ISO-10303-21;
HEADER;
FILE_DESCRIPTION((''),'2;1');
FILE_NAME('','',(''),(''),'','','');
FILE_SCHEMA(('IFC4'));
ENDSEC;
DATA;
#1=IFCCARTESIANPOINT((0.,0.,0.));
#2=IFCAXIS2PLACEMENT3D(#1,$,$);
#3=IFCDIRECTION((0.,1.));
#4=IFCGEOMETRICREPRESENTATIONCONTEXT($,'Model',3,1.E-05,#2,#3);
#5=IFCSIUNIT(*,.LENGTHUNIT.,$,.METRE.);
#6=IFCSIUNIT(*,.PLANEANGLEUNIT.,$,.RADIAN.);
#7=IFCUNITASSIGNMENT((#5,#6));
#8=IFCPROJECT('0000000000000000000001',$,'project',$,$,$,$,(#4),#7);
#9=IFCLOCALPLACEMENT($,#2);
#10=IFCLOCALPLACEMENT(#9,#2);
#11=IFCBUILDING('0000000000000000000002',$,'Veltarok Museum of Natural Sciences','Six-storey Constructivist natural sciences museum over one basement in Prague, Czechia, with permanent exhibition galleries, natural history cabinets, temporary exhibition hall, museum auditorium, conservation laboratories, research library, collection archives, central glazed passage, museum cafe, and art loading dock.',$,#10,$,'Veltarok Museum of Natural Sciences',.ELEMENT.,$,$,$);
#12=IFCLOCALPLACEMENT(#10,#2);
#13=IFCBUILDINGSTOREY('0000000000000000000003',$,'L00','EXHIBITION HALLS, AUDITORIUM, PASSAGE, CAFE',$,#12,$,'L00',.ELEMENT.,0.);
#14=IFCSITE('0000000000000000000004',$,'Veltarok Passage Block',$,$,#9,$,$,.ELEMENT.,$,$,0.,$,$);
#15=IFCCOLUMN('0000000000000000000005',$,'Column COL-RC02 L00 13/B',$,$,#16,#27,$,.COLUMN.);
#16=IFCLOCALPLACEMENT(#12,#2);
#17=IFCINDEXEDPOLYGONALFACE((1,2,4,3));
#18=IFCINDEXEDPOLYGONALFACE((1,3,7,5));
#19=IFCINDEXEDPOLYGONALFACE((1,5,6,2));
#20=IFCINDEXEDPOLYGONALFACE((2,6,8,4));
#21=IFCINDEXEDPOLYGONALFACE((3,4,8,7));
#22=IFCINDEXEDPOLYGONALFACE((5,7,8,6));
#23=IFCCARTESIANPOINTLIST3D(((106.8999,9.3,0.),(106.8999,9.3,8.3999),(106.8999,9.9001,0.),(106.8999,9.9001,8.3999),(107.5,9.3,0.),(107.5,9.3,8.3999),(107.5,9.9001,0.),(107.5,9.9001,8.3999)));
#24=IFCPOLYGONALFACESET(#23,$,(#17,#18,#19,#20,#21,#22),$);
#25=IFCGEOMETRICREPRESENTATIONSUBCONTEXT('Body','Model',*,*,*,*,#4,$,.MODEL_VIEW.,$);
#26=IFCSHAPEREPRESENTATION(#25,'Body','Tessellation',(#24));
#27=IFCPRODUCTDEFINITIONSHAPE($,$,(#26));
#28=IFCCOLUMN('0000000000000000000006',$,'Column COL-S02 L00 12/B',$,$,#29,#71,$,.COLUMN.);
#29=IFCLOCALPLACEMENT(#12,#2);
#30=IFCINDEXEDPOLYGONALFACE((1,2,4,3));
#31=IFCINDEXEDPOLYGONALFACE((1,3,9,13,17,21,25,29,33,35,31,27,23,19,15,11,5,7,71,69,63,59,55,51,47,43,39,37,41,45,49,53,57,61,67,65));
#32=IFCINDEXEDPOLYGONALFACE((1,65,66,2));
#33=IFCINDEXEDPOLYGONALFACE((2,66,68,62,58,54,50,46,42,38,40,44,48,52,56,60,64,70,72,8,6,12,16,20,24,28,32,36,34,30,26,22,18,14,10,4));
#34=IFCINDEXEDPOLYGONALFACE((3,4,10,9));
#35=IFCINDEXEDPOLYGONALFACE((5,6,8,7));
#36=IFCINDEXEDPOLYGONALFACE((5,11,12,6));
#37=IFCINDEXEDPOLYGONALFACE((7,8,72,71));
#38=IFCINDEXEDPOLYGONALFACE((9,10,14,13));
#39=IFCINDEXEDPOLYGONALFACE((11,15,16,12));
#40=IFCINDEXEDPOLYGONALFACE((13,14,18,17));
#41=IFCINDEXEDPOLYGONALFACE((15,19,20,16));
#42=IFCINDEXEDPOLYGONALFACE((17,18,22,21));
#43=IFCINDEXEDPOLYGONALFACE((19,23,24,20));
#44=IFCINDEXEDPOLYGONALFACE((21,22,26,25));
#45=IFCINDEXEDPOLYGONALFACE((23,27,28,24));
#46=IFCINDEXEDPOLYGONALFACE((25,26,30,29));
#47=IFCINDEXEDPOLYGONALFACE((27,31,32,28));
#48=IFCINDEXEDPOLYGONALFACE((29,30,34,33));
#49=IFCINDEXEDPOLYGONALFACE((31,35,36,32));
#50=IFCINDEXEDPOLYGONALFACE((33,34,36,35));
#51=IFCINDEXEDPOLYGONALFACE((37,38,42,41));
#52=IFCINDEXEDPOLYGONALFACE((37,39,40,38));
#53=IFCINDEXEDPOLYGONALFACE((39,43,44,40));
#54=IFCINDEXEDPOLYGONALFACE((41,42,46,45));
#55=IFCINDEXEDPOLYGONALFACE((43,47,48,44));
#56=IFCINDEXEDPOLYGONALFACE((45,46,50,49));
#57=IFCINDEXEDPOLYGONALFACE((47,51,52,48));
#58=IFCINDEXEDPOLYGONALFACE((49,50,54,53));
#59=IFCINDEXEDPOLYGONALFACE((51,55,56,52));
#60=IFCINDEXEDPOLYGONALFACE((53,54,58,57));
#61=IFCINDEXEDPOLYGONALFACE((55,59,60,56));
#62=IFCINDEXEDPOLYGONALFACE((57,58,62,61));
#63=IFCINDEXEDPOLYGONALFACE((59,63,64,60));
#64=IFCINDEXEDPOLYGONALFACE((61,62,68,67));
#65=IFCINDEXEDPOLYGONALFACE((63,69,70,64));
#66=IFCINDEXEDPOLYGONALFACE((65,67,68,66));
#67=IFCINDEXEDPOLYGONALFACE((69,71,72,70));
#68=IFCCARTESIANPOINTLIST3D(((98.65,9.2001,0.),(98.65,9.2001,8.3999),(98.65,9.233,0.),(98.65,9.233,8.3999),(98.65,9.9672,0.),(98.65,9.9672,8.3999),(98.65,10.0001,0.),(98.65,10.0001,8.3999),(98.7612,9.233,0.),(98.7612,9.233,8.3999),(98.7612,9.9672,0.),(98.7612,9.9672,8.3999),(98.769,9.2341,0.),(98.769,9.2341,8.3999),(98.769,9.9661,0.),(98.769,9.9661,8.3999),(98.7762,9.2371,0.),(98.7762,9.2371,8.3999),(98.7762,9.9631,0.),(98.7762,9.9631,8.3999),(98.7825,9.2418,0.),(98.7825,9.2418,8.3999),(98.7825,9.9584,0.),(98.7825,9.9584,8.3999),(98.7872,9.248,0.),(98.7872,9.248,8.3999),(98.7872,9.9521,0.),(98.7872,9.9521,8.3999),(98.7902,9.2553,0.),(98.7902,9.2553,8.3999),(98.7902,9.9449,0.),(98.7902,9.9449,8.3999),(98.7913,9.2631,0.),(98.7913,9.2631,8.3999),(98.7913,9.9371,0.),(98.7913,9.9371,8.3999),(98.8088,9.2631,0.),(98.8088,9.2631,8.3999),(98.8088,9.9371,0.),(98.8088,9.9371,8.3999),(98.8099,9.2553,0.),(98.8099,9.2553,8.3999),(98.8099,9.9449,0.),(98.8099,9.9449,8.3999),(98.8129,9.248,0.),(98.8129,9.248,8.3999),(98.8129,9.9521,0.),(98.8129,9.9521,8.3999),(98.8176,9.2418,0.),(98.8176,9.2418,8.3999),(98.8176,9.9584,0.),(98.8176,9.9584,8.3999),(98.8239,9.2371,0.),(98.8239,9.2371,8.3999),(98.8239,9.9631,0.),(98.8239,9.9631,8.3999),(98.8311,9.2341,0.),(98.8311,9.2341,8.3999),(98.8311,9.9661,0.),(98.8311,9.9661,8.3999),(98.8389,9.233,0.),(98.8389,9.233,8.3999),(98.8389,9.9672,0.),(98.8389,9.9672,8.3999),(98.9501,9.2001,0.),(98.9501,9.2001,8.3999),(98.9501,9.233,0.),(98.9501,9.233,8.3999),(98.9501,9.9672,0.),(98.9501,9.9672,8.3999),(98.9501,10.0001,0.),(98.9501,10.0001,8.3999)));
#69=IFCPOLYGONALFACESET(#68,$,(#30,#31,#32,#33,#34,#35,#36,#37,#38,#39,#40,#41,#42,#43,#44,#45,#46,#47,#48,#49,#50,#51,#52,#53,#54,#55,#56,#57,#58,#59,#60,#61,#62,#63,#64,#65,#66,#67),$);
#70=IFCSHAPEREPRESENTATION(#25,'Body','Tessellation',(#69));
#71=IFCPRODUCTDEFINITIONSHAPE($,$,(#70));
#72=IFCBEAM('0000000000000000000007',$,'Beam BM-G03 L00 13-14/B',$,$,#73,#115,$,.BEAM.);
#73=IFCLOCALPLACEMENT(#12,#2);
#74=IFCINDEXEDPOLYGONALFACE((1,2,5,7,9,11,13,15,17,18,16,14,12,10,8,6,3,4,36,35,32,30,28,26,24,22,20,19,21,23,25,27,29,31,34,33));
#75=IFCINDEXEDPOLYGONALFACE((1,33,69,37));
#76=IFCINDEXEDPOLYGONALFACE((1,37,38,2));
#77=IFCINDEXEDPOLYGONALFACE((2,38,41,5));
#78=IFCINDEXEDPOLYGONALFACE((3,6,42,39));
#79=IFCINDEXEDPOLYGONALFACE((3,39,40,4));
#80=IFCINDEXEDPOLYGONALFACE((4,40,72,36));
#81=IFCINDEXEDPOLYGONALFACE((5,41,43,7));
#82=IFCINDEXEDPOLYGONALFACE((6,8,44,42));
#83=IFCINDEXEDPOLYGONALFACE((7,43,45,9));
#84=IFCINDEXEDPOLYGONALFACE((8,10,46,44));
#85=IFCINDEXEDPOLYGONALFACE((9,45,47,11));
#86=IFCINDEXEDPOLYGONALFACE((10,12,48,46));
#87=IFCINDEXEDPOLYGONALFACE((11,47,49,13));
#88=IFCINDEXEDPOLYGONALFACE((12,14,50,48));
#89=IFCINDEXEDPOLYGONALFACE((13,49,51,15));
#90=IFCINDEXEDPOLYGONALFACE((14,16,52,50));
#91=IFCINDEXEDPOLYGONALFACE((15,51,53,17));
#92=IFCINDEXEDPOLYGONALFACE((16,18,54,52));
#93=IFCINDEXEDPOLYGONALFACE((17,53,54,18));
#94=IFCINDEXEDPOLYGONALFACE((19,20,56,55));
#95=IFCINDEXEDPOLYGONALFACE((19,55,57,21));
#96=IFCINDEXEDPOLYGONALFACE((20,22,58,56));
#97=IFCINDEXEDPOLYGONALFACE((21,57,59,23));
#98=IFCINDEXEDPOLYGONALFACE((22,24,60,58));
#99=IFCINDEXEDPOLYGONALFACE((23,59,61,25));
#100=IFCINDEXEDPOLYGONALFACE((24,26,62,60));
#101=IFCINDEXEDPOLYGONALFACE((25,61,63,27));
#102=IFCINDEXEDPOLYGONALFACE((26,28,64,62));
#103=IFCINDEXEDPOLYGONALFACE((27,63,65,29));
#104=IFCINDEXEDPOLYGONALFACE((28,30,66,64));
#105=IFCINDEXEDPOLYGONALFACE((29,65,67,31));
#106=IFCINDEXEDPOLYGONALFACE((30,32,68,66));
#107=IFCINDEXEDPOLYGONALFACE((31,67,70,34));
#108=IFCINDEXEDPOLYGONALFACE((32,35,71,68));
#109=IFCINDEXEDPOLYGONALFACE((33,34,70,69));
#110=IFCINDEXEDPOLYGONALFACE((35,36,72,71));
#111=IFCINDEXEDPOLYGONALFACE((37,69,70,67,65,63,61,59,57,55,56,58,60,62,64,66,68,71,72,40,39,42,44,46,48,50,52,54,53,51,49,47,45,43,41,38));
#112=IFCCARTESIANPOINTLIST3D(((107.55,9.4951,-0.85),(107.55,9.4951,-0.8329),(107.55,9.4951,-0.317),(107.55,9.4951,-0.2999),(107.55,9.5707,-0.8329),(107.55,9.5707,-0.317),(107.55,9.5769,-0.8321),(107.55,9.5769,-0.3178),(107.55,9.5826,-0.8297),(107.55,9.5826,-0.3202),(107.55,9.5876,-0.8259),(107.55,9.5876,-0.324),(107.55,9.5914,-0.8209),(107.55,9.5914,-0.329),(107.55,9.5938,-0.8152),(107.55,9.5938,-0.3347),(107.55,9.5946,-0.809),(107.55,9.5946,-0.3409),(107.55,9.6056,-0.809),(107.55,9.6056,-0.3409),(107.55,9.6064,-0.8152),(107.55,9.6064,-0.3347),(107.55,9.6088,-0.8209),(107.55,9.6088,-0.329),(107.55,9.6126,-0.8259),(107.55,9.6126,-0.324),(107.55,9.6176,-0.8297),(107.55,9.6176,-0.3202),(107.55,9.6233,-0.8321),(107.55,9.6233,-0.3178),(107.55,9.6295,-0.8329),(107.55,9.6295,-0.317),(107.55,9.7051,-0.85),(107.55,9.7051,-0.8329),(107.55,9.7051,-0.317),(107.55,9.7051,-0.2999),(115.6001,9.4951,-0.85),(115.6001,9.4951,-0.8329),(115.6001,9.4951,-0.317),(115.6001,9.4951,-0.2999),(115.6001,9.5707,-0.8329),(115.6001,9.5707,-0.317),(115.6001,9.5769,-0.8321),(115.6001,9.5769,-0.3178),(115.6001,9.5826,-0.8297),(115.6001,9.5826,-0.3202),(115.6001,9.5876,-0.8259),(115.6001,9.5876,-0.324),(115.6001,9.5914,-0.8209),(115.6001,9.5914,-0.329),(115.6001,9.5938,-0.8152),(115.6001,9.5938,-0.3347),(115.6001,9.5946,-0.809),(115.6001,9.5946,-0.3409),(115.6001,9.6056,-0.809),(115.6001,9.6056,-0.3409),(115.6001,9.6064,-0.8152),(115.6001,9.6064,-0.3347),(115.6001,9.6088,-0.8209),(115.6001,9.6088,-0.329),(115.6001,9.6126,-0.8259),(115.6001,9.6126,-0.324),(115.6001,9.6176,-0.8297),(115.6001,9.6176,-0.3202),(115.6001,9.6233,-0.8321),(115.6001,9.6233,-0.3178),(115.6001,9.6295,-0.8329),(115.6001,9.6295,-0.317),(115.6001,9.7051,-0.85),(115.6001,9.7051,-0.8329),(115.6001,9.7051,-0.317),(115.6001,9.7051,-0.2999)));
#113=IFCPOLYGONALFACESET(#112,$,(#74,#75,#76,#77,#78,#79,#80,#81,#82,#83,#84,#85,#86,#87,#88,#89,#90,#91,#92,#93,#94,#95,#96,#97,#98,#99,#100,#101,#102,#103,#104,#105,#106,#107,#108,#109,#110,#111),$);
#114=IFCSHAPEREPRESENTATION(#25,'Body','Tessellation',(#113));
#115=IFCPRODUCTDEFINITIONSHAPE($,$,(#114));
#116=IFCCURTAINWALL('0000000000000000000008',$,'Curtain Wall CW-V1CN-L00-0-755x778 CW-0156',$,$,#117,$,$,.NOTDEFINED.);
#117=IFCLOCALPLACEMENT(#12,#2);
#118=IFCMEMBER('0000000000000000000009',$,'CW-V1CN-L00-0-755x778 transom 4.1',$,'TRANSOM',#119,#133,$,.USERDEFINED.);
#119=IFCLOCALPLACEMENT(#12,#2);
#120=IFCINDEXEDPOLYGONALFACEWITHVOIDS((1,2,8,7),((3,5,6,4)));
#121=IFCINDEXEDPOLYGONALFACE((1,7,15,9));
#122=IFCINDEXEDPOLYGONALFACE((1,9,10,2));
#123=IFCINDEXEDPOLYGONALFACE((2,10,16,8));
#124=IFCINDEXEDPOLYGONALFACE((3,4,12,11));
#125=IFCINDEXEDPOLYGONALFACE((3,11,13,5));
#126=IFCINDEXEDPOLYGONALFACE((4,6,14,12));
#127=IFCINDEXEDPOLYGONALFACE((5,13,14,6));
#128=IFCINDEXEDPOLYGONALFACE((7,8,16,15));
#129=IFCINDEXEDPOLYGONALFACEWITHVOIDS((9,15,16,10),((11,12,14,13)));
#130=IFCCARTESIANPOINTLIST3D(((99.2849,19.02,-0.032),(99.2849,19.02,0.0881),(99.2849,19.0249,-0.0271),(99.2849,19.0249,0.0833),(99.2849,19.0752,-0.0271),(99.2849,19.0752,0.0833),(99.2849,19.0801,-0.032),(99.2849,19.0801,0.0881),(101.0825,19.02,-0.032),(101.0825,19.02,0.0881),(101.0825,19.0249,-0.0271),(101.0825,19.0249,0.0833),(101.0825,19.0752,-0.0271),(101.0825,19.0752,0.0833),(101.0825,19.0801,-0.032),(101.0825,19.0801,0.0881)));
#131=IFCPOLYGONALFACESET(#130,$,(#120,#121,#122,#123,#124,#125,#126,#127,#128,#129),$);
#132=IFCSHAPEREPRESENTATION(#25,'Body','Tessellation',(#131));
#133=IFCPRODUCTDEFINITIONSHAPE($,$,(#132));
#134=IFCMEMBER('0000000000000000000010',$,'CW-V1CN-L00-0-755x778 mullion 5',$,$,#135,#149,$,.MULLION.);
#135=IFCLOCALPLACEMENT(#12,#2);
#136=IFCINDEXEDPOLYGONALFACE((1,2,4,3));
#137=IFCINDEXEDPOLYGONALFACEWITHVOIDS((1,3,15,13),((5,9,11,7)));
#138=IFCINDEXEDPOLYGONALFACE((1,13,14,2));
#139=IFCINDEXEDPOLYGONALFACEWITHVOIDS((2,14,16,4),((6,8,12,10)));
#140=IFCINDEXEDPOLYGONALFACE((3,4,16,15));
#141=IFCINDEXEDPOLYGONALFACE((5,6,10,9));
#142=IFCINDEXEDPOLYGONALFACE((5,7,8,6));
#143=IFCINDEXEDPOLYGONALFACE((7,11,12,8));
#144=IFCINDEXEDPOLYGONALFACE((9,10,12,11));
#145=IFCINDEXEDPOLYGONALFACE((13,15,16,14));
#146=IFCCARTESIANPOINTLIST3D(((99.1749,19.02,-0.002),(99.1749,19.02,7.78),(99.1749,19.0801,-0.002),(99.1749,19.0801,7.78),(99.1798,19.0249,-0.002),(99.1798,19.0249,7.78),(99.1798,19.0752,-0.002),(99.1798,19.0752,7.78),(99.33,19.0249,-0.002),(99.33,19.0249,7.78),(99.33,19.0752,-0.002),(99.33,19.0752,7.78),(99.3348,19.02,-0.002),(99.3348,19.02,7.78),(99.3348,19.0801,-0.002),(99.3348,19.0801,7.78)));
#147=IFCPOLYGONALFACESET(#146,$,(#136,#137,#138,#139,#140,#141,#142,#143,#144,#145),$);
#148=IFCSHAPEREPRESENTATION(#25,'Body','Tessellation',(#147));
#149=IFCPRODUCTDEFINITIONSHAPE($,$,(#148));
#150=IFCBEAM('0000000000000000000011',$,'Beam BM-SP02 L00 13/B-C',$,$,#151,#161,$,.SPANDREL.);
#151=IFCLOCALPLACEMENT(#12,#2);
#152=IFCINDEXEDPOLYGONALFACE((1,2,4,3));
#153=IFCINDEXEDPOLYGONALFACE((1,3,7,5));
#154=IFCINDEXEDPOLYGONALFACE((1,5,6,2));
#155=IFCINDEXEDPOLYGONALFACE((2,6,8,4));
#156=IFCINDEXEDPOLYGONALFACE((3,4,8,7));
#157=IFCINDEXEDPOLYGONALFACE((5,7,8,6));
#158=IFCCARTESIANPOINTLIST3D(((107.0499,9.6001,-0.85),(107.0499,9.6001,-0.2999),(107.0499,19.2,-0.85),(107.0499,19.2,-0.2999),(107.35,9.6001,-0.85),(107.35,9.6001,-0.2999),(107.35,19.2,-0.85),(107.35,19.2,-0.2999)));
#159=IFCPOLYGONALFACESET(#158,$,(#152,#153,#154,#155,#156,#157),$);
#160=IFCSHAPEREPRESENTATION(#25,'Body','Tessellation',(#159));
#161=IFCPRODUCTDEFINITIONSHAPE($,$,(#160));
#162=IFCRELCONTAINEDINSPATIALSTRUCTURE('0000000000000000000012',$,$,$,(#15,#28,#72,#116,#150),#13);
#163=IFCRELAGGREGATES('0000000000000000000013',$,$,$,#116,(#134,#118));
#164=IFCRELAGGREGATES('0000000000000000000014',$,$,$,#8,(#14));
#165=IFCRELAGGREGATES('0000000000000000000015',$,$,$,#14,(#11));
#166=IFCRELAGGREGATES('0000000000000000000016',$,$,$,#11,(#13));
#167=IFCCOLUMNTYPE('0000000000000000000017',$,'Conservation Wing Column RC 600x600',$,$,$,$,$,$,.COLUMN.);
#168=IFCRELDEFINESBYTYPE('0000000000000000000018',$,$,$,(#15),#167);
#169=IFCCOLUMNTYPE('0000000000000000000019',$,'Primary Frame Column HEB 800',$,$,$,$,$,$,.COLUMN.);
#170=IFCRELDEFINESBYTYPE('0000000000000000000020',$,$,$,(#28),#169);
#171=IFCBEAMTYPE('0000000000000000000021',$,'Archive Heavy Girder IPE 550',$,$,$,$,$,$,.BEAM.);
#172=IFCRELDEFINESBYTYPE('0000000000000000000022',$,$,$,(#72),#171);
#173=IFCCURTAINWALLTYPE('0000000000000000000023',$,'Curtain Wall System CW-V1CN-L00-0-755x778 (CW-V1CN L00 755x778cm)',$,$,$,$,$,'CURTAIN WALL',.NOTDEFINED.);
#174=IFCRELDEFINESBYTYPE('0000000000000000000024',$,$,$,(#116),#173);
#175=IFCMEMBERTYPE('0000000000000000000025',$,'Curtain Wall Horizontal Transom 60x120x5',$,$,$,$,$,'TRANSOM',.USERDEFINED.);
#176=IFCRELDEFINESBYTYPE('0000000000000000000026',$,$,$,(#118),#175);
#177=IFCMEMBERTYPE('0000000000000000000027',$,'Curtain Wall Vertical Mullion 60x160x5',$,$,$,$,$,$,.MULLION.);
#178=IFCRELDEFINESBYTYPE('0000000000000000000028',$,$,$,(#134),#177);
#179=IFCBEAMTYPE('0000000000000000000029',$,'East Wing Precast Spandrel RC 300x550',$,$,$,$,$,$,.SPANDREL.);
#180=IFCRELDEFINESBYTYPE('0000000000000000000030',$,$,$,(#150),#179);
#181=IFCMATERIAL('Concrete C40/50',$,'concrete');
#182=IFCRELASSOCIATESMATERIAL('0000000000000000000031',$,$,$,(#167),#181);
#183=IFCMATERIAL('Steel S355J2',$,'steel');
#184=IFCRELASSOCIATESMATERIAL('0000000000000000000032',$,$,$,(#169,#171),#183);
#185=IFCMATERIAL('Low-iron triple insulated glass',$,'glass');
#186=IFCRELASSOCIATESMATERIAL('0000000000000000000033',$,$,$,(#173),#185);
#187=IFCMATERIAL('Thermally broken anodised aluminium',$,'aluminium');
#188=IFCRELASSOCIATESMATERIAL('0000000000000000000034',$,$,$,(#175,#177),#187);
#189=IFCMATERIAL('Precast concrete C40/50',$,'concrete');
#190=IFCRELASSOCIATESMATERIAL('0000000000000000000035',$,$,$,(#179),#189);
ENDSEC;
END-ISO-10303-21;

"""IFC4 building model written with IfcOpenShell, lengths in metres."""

from ifc_helpers import new_model, si_unit, direction, frame, origin, origin_2d, place, context, subcontext, project, spatial, rectangle, hollow_rectangle, i_section, extrude, material, material_profile, profile_set, type_object, element, aggregate, save


model = new_model("IFC4")

# Units and contexts
model_context = context("Model", 3, precision=1e-05, world=origin(), true_north=direction((0.0, 1.0)))
body_context = subcontext(model_context, "Body", "Model", "MODEL_VIEW")
ifc_project = project(units=[si_unit("LENGTHUNIT", "METRE"), si_unit("PLANEANGLEUNIT", "RADIAN")], contexts=[model_context])

# Site, building, storey
site_placement = place(None, origin())
site = spatial("IfcSite", under=ifc_project, at=site_placement, Name="Veltarok Passage Block", CompositionType="ELEMENT", RefElevation=0.0)
building_placement = place(site_placement, origin())
building = spatial("IfcBuilding", under=site, at=building_placement, Name="Veltarok Museum of Natural Sciences", Description="Six-storey Constructivist natural sciences museum over one basement in Prague, Czechia, with permanent exhibition galleries, natural history cabinets, temporary exhibition hall, museum auditorium, conservation laboratories, research library, collection archives, central glazed passage, museum cafe, and art loading dock.", LongName="Veltarok Museum of Natural Sciences", CompositionType="ELEMENT")
storey_placement = place(building_placement, origin())
storey = spatial("IfcBuildingStorey", under=building, at=storey_placement, Name="L00", Description="EXHIBITION HALLS, AUDITORIUM, PASSAGE, CAFE", LongName="L00", CompositionType="ELEMENT", Elevation=0.0)

# Columns
ifc_material_1 = material(Name="Concrete C40/50", Category="concrete")
ifc_material_profile_1 = material_profile(ifc_material_1, rectangle(XDim=0.6001, YDim=0.6001, at=origin_2d()), Name="RC 600x600")
ifc_profile_set_1 = profile_set([ifc_material_profile_1], Name="Concrete C40/50")
column_type_1 = type_object("IfcColumnType", Name="Conservation Wing Column RC 600x600", PredefinedType="COLUMN", material=ifc_profile_set_1)
column_1_placement = place(storey_placement, frame((107.2, 9.6001, 0.0), z_axis=(0.0, 0.0, 1.0), x_axis=(0.0, 1.0, 0.0)))
element("IfcColumn", 1, at=column_1_placement, inside=storey, type_object=column_type_1, Name="Column COL-RC02 L00 13/B", PredefinedType="COLUMN", context=body_context, shape_type="SweptSolid", body=[
    extrude(rectangle(XDim=0.6001, YDim=0.6001, at=origin_2d()), origin(), (0.0, 0.0, 1.0), 8.3999),
])
ifc_material_2 = material(Name="Steel S355J2", Category="steel")
ifc_material_profile_2 = material_profile(ifc_material_2, i_section(OverallWidth=0.3, OverallDepth=0.8, WebThickness=0.0176, FlangeThickness=0.033, FilletRadius=0.03, at=origin_2d()), Name="HEB 800")
ifc_profile_set_2 = profile_set([ifc_material_profile_2], Name="Steel S355J2")
column_type_2 = type_object("IfcColumnType", Name="Primary Frame Column HEB 800", PredefinedType="COLUMN", material=ifc_profile_set_2)
column_2_placement = place(storey_placement, frame((98.8, 9.6001, 0.0), z_axis=(0.0, 0.0, 1.0), x_axis=(1.0, 0.0, 0.0)))
element("IfcColumn", 2, at=column_2_placement, inside=storey, type_object=column_type_2, Name="Column COL-S02 L00 12/B", PredefinedType="COLUMN", context=body_context, shape_type="SweptSolid", body=[
    extrude(i_section(OverallWidth=0.3, OverallDepth=0.8, WebThickness=0.0176, FlangeThickness=0.033, FilletRadius=0.03, at=origin_2d()), origin(), (0.0, 0.0, 1.0), 8.3999),
])

# Beam
ifc_material_profile_3 = material_profile(ifc_material_2, i_section(OverallWidth=0.21, OverallDepth=0.55, WebThickness=0.011, FlangeThickness=0.0171, FilletRadius=0.0239, at=origin_2d()), Name="IPE 550")
ifc_profile_set_3 = profile_set([ifc_material_profile_3], Name="Steel S355J2")
beam_type_1 = type_object("IfcBeamType", Name="Archive Heavy Girder IPE 550", PredefinedType="BEAM", material=ifc_profile_set_3)
beam_1_placement = place(storey_placement, frame((107.55, 9.6001, -0.575), z_axis=(1.0, 0.0, 0.0), x_axis=(0.0, 1.0, 0.0)))
element("IfcBeam", 3, at=beam_1_placement, inside=storey, type_object=beam_type_1, Name="Beam BM-G03 L00 13-14/B", PredefinedType="BEAM", context=body_context, shape_type="SweptSolid", body=[
    extrude(i_section(OverallWidth=0.21, OverallDepth=0.55, WebThickness=0.011, FlangeThickness=0.0171, FilletRadius=0.0239, at=origin_2d()), origin(), (0.0, 0.0, 1.0), 8.05),
])

# Curtain wall, members
ifc_material_3 = material(Name="Low-iron triple insulated glass", Category="glass")
curtain_wall_type = type_object("IfcCurtainWallType", Name="Curtain Wall System CW-V1CN-L00-0-755x778 (CW-V1CN L00 755x778cm)", ElementType="CURTAIN WALL", PredefinedType="NOTDEFINED", material=ifc_material_3)
curtain_wall_placement = place(storey_placement, origin())
curtain_wall = element("IfcCurtainWall", 4, at=curtain_wall_placement, inside=storey, type_object=curtain_wall_type, Name="Curtain Wall CW-V1CN-L00-0-755x778 CW-0156", PredefinedType="NOTDEFINED")
ifc_material_4 = material(Name="Thermally broken anodised aluminium", Category="aluminium")
ifc_material_profile_4 = material_profile(ifc_material_4, hollow_rectangle(XDim=0.0601, YDim=0.1201, WallThickness=0.0049, at=origin_2d()), Name="CW TRANSOM 60x120x5")
ifc_profile_set_4 = profile_set([ifc_material_profile_4], Name="Thermally broken anodised aluminium")
member_type_1 = type_object("IfcMemberType", Name="Curtain Wall Horizontal Transom 60x120x5", ElementType="TRANSOM", PredefinedType="USERDEFINED", material=ifc_profile_set_4)
member_1_placement = place(storey_placement, frame((101.0825, 19.05, 0.0281), z_axis=(-1.0, 0.0, 0.0), x_axis=(0.0, -1.0, 0.0)))
member_1 = element("IfcMember", 5, at=member_1_placement, type_object=member_type_1, Name="CW-V1CN-L00-0-755x778 transom 4.1", ObjectType="TRANSOM", PredefinedType="USERDEFINED", context=body_context, shape_type="SweptSolid", body=[
    extrude(hollow_rectangle(XDim=0.0601, YDim=0.1201, WallThickness=0.0049, at=origin_2d()), origin(), (0.0, 0.0, 1.0), 1.7976),
])
ifc_material_profile_5 = material_profile(ifc_material_4, hollow_rectangle(XDim=0.0601, YDim=0.1599, WallThickness=0.0049, at=origin_2d()), Name="CW MULLION 60x160x5")
ifc_profile_set_5 = profile_set([ifc_material_profile_5], Name="Thermally broken anodised aluminium")
member_type_2 = type_object("IfcMemberType", Name="Curtain Wall Vertical Mullion 60x160x5", PredefinedType="MULLION", material=ifc_profile_set_5)
member_2_placement = place(storey_placement, frame((99.2549, 19.05, -0.002), z_axis=(0.0, 0.0, 1.0), x_axis=(0.0, -1.0, 0.0)))
member_2 = element("IfcMember", 6, at=member_2_placement, type_object=member_type_2, Name="CW-V1CN-L00-0-755x778 mullion 5", PredefinedType="MULLION", context=body_context, shape_type="SweptSolid", body=[
    extrude(hollow_rectangle(XDim=0.0601, YDim=0.1599, WallThickness=0.0049, at=origin_2d()), origin(), (0.0, 0.0, 1.0), 7.782),
])

# Beam
ifc_material_5 = material(Name="Precast concrete C40/50", Category="concrete")
ifc_material_profile_6 = material_profile(ifc_material_5, rectangle(XDim=0.3, YDim=0.55, at=origin_2d()), Name="RC 300x550")
ifc_profile_set_6 = profile_set([ifc_material_profile_6], Name="Precast concrete C40/50")
beam_type_2 = type_object("IfcBeamType", Name="East Wing Precast Spandrel RC 300x550", PredefinedType="SPANDREL", material=ifc_profile_set_6)
beam_2_placement = place(storey_placement, frame((107.2, 9.6001, -0.575), z_axis=(0.0, 1.0, 0.0), x_axis=(-1.0, 0.0, 0.0)))
element("IfcBeam", 7, at=beam_2_placement, inside=storey, type_object=beam_type_2, Name="Beam BM-SP02 L00 13/B-C", PredefinedType="SPANDREL", context=body_context, shape_type="SweptSolid", body=[
    extrude(rectangle(XDim=0.3, YDim=0.55, at=origin_2d()), origin(), (0.0, 0.0, 1.0), 9.5999),
])

aggregate(curtain_wall, [member_2, member_1])

save(model, "model.ifc")
